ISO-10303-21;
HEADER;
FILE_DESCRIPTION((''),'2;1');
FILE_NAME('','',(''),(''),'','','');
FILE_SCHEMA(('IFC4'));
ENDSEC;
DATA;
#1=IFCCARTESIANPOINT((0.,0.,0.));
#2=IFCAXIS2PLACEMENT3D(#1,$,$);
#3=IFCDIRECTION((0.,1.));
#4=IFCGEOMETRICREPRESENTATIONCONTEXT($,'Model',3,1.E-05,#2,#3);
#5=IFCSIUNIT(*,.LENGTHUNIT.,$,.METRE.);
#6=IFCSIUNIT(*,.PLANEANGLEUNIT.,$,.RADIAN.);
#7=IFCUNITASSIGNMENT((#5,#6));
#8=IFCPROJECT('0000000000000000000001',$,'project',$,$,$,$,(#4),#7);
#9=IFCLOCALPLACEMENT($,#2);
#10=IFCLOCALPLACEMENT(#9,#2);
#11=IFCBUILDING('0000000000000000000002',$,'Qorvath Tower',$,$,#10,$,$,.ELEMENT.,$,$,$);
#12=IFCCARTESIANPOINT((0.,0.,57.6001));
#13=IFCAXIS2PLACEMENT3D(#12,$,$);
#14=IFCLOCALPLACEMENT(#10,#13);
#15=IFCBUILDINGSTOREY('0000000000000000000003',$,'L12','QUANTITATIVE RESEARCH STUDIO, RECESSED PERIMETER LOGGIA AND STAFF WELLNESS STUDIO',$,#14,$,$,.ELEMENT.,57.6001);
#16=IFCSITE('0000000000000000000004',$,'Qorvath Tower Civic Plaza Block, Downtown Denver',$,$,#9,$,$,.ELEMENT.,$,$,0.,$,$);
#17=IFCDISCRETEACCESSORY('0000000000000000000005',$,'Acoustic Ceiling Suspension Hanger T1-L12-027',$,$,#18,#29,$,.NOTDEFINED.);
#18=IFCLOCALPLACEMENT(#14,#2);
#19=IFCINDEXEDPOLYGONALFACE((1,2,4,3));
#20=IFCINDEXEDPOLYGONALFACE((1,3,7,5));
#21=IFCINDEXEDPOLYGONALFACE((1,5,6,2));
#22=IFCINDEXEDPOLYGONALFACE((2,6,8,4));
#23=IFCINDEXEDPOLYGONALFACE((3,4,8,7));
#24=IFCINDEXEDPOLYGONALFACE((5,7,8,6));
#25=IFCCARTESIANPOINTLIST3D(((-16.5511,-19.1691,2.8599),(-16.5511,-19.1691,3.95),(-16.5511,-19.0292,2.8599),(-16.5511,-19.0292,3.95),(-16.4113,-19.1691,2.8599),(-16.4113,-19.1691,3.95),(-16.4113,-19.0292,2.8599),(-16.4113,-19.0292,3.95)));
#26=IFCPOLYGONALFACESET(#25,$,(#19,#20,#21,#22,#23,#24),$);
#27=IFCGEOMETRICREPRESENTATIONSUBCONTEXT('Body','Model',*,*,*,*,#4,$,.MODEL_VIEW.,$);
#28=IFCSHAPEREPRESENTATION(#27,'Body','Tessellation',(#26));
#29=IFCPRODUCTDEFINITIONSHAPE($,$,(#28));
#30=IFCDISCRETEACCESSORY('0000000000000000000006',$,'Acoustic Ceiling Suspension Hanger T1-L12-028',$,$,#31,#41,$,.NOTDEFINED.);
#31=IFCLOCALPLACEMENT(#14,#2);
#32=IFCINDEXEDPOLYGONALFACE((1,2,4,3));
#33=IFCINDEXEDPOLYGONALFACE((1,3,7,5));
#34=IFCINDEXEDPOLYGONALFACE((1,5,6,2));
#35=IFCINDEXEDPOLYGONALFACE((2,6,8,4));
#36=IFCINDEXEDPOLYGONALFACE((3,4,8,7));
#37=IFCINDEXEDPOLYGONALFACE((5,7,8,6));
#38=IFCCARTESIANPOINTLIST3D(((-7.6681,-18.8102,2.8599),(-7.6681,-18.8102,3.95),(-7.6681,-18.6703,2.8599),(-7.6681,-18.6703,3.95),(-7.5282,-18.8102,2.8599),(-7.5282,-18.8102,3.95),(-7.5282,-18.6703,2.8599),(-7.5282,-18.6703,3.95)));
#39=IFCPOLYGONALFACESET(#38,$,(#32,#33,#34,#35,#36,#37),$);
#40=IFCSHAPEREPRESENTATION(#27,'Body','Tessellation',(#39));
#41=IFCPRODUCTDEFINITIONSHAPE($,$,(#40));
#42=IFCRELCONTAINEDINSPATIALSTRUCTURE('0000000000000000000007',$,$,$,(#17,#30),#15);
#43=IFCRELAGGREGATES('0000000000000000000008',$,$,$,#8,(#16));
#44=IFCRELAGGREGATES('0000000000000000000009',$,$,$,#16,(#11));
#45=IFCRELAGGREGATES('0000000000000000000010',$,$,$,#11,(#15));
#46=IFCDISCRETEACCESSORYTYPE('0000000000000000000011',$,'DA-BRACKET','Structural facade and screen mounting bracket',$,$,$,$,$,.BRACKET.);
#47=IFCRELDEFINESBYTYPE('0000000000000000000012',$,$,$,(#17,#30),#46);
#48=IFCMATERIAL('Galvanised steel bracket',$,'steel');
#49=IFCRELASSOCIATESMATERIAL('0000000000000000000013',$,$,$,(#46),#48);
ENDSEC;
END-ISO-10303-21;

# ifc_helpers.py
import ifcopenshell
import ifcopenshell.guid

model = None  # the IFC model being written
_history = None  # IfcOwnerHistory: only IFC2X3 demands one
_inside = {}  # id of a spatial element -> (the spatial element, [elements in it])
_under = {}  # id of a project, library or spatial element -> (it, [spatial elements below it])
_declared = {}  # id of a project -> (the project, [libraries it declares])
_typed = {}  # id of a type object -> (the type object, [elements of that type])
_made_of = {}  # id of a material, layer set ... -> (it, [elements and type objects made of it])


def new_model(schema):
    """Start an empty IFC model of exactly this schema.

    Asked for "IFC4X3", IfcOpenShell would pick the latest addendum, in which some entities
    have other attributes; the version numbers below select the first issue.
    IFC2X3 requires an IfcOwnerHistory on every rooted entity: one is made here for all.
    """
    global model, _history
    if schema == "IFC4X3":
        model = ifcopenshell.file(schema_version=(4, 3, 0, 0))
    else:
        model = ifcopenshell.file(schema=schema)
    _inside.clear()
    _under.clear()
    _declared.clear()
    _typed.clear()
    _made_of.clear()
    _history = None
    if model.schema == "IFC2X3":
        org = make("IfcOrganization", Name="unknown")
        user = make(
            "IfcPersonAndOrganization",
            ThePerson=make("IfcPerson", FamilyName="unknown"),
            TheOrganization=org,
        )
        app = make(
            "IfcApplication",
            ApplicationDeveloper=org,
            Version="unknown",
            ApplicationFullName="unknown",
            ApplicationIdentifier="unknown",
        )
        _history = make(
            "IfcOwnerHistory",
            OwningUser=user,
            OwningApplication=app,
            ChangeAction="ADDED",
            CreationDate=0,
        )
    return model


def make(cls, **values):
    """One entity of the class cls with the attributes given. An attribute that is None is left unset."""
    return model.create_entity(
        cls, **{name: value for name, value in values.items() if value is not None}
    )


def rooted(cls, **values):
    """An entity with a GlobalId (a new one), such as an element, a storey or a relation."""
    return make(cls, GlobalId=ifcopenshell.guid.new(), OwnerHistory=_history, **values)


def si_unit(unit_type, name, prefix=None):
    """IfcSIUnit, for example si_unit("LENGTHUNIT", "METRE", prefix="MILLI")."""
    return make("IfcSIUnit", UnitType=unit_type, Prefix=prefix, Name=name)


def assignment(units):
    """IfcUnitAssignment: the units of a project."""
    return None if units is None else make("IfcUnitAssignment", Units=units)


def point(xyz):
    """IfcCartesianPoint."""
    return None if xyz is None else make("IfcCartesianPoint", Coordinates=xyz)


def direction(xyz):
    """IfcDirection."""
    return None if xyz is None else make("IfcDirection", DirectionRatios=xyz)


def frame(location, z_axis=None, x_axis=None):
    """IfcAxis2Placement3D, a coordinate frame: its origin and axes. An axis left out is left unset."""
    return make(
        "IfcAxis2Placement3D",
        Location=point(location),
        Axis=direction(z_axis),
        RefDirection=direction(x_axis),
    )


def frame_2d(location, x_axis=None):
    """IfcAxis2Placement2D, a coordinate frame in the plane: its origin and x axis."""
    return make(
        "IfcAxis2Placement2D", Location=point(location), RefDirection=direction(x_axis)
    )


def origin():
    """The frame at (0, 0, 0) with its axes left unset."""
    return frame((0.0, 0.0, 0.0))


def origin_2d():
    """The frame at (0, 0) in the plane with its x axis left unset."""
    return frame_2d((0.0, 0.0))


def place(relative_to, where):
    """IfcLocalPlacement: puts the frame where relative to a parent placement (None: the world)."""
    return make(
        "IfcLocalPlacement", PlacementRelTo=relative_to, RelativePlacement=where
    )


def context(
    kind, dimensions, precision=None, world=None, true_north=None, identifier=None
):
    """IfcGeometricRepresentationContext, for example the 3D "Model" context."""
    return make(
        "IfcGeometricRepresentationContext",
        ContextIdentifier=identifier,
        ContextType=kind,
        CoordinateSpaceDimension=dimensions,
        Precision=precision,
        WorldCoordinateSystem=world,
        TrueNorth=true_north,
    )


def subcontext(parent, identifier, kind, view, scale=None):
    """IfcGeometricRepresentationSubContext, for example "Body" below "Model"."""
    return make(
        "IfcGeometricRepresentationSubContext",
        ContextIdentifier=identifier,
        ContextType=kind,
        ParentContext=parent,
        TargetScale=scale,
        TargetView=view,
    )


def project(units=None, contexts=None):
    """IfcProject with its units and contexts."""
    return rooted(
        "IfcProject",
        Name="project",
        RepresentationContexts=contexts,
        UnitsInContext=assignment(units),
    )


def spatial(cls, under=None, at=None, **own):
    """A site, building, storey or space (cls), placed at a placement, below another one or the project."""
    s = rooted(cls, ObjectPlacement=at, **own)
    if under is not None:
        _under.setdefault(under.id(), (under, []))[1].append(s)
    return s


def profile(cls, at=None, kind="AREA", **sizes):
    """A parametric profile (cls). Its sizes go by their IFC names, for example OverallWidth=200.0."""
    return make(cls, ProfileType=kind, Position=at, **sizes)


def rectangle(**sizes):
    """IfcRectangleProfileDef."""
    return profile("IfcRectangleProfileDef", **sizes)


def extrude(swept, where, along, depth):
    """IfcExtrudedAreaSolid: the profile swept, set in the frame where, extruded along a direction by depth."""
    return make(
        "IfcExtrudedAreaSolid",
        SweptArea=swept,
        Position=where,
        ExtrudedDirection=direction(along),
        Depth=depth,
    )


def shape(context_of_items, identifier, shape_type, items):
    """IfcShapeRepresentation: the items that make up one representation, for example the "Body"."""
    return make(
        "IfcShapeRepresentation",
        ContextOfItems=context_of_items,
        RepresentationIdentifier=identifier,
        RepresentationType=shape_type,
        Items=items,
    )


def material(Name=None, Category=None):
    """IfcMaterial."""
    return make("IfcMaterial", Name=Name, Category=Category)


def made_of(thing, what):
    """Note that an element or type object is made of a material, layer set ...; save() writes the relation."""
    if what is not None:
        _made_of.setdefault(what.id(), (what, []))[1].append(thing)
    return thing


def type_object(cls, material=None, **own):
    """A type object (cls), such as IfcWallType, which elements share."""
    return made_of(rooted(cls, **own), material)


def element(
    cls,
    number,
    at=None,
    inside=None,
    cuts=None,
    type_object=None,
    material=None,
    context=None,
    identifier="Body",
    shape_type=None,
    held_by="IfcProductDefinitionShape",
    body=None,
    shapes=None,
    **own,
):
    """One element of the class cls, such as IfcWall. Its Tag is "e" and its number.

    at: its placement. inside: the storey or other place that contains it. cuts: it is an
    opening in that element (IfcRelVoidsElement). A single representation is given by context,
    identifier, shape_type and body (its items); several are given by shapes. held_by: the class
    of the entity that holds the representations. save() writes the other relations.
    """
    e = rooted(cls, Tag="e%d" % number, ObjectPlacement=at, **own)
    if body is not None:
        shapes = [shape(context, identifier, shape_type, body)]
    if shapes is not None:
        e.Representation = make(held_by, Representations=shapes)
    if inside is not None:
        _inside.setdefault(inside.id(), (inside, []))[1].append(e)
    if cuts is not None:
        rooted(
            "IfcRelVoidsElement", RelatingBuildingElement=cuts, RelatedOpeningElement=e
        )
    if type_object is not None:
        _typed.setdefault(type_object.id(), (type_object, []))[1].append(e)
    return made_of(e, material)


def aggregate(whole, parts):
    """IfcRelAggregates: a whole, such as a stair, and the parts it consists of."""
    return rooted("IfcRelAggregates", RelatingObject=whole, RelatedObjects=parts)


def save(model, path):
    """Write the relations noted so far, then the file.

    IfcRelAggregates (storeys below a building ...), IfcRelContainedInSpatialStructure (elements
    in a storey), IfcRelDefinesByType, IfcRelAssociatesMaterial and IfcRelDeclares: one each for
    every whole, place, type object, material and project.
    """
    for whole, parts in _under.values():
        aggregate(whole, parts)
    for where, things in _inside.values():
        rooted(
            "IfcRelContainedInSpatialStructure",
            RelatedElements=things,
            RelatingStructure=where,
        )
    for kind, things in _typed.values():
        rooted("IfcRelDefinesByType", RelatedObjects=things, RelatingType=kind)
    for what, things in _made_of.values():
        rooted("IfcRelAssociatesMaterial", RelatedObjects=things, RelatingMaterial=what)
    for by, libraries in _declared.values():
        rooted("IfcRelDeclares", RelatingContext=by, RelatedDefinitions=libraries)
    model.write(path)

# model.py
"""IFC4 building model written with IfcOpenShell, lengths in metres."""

from ifc_helpers import new_model, si_unit, direction, frame, origin, origin_2d, place, context, subcontext, project, spatial, rectangle, extrude, material, type_object, element, save


model = new_model("IFC4")

# Units and contexts
model_context = context("Model", 3, precision=1e-05, world=origin(), true_north=direction((0.0, 1.0)))
body_context = subcontext(model_context, "Body", "Model", "MODEL_VIEW")
ifc_project = project(units=[si_unit("LENGTHUNIT", "METRE"), si_unit("PLANEANGLEUNIT", "RADIAN")], contexts=[model_context])

# Site, building, storey
site_placement = place(None, origin())
site = spatial("IfcSite", under=ifc_project, at=site_placement, Name="Qorvath Tower Civic Plaza Block, Downtown Denver", CompositionType="ELEMENT", RefElevation=0.0)
building_placement = place(site_placement, origin())
building = spatial("IfcBuilding", under=site, at=building_placement, Name="Qorvath Tower", CompositionType="ELEMENT")
storey_placement = place(building_placement, frame((0.0, 0.0, 57.6001)))
storey = spatial("IfcBuildingStorey", under=building, at=storey_placement, Name="L12", Description="QUANTITATIVE RESEARCH STUDIO, RECESSED PERIMETER LOGGIA AND STAFF WELLNESS STUDIO", CompositionType="ELEMENT", Elevation=57.6001)

# Discrete accessories
ifc_material_1 = material(Name="Galvanised steel bracket", Category="steel")
discrete_accessory_type = type_object("IfcDiscreteAccessoryType", Name="DA-BRACKET", Description="Structural facade and screen mounting bracket", PredefinedType="BRACKET", material=ifc_material_1)
for number, where, z_axis, x_axis, name in (
    (1, (-16.4812, -19.0991, 2.8599), (0.0, 0.0, 1.0), (1.0, 0.0, 0.0), "Acoustic Ceiling Suspension Hanger T1-L12-027"),
    (2, (-7.5981, -18.7402, 2.8599), (0.0, 0.0, 1.0), (1.0, 0.0, 0.0), "Acoustic Ceiling Suspension Hanger T1-L12-028"),
):
    element("IfcDiscreteAccessory", number, at=place(storey_placement, frame(where, z_axis=z_axis, x_axis=x_axis)), inside=storey, type_object=discrete_accessory_type, Name=name, PredefinedType="NOTDEFINED", context=body_context, shape_type="SweptSolid", body=[
        extrude(rectangle(XDim=0.1399, YDim=0.1399, at=origin_2d()), origin(), (0.0, 0.0, 1.0), 1.0901),
    ])

save(model, "model.ifc")
